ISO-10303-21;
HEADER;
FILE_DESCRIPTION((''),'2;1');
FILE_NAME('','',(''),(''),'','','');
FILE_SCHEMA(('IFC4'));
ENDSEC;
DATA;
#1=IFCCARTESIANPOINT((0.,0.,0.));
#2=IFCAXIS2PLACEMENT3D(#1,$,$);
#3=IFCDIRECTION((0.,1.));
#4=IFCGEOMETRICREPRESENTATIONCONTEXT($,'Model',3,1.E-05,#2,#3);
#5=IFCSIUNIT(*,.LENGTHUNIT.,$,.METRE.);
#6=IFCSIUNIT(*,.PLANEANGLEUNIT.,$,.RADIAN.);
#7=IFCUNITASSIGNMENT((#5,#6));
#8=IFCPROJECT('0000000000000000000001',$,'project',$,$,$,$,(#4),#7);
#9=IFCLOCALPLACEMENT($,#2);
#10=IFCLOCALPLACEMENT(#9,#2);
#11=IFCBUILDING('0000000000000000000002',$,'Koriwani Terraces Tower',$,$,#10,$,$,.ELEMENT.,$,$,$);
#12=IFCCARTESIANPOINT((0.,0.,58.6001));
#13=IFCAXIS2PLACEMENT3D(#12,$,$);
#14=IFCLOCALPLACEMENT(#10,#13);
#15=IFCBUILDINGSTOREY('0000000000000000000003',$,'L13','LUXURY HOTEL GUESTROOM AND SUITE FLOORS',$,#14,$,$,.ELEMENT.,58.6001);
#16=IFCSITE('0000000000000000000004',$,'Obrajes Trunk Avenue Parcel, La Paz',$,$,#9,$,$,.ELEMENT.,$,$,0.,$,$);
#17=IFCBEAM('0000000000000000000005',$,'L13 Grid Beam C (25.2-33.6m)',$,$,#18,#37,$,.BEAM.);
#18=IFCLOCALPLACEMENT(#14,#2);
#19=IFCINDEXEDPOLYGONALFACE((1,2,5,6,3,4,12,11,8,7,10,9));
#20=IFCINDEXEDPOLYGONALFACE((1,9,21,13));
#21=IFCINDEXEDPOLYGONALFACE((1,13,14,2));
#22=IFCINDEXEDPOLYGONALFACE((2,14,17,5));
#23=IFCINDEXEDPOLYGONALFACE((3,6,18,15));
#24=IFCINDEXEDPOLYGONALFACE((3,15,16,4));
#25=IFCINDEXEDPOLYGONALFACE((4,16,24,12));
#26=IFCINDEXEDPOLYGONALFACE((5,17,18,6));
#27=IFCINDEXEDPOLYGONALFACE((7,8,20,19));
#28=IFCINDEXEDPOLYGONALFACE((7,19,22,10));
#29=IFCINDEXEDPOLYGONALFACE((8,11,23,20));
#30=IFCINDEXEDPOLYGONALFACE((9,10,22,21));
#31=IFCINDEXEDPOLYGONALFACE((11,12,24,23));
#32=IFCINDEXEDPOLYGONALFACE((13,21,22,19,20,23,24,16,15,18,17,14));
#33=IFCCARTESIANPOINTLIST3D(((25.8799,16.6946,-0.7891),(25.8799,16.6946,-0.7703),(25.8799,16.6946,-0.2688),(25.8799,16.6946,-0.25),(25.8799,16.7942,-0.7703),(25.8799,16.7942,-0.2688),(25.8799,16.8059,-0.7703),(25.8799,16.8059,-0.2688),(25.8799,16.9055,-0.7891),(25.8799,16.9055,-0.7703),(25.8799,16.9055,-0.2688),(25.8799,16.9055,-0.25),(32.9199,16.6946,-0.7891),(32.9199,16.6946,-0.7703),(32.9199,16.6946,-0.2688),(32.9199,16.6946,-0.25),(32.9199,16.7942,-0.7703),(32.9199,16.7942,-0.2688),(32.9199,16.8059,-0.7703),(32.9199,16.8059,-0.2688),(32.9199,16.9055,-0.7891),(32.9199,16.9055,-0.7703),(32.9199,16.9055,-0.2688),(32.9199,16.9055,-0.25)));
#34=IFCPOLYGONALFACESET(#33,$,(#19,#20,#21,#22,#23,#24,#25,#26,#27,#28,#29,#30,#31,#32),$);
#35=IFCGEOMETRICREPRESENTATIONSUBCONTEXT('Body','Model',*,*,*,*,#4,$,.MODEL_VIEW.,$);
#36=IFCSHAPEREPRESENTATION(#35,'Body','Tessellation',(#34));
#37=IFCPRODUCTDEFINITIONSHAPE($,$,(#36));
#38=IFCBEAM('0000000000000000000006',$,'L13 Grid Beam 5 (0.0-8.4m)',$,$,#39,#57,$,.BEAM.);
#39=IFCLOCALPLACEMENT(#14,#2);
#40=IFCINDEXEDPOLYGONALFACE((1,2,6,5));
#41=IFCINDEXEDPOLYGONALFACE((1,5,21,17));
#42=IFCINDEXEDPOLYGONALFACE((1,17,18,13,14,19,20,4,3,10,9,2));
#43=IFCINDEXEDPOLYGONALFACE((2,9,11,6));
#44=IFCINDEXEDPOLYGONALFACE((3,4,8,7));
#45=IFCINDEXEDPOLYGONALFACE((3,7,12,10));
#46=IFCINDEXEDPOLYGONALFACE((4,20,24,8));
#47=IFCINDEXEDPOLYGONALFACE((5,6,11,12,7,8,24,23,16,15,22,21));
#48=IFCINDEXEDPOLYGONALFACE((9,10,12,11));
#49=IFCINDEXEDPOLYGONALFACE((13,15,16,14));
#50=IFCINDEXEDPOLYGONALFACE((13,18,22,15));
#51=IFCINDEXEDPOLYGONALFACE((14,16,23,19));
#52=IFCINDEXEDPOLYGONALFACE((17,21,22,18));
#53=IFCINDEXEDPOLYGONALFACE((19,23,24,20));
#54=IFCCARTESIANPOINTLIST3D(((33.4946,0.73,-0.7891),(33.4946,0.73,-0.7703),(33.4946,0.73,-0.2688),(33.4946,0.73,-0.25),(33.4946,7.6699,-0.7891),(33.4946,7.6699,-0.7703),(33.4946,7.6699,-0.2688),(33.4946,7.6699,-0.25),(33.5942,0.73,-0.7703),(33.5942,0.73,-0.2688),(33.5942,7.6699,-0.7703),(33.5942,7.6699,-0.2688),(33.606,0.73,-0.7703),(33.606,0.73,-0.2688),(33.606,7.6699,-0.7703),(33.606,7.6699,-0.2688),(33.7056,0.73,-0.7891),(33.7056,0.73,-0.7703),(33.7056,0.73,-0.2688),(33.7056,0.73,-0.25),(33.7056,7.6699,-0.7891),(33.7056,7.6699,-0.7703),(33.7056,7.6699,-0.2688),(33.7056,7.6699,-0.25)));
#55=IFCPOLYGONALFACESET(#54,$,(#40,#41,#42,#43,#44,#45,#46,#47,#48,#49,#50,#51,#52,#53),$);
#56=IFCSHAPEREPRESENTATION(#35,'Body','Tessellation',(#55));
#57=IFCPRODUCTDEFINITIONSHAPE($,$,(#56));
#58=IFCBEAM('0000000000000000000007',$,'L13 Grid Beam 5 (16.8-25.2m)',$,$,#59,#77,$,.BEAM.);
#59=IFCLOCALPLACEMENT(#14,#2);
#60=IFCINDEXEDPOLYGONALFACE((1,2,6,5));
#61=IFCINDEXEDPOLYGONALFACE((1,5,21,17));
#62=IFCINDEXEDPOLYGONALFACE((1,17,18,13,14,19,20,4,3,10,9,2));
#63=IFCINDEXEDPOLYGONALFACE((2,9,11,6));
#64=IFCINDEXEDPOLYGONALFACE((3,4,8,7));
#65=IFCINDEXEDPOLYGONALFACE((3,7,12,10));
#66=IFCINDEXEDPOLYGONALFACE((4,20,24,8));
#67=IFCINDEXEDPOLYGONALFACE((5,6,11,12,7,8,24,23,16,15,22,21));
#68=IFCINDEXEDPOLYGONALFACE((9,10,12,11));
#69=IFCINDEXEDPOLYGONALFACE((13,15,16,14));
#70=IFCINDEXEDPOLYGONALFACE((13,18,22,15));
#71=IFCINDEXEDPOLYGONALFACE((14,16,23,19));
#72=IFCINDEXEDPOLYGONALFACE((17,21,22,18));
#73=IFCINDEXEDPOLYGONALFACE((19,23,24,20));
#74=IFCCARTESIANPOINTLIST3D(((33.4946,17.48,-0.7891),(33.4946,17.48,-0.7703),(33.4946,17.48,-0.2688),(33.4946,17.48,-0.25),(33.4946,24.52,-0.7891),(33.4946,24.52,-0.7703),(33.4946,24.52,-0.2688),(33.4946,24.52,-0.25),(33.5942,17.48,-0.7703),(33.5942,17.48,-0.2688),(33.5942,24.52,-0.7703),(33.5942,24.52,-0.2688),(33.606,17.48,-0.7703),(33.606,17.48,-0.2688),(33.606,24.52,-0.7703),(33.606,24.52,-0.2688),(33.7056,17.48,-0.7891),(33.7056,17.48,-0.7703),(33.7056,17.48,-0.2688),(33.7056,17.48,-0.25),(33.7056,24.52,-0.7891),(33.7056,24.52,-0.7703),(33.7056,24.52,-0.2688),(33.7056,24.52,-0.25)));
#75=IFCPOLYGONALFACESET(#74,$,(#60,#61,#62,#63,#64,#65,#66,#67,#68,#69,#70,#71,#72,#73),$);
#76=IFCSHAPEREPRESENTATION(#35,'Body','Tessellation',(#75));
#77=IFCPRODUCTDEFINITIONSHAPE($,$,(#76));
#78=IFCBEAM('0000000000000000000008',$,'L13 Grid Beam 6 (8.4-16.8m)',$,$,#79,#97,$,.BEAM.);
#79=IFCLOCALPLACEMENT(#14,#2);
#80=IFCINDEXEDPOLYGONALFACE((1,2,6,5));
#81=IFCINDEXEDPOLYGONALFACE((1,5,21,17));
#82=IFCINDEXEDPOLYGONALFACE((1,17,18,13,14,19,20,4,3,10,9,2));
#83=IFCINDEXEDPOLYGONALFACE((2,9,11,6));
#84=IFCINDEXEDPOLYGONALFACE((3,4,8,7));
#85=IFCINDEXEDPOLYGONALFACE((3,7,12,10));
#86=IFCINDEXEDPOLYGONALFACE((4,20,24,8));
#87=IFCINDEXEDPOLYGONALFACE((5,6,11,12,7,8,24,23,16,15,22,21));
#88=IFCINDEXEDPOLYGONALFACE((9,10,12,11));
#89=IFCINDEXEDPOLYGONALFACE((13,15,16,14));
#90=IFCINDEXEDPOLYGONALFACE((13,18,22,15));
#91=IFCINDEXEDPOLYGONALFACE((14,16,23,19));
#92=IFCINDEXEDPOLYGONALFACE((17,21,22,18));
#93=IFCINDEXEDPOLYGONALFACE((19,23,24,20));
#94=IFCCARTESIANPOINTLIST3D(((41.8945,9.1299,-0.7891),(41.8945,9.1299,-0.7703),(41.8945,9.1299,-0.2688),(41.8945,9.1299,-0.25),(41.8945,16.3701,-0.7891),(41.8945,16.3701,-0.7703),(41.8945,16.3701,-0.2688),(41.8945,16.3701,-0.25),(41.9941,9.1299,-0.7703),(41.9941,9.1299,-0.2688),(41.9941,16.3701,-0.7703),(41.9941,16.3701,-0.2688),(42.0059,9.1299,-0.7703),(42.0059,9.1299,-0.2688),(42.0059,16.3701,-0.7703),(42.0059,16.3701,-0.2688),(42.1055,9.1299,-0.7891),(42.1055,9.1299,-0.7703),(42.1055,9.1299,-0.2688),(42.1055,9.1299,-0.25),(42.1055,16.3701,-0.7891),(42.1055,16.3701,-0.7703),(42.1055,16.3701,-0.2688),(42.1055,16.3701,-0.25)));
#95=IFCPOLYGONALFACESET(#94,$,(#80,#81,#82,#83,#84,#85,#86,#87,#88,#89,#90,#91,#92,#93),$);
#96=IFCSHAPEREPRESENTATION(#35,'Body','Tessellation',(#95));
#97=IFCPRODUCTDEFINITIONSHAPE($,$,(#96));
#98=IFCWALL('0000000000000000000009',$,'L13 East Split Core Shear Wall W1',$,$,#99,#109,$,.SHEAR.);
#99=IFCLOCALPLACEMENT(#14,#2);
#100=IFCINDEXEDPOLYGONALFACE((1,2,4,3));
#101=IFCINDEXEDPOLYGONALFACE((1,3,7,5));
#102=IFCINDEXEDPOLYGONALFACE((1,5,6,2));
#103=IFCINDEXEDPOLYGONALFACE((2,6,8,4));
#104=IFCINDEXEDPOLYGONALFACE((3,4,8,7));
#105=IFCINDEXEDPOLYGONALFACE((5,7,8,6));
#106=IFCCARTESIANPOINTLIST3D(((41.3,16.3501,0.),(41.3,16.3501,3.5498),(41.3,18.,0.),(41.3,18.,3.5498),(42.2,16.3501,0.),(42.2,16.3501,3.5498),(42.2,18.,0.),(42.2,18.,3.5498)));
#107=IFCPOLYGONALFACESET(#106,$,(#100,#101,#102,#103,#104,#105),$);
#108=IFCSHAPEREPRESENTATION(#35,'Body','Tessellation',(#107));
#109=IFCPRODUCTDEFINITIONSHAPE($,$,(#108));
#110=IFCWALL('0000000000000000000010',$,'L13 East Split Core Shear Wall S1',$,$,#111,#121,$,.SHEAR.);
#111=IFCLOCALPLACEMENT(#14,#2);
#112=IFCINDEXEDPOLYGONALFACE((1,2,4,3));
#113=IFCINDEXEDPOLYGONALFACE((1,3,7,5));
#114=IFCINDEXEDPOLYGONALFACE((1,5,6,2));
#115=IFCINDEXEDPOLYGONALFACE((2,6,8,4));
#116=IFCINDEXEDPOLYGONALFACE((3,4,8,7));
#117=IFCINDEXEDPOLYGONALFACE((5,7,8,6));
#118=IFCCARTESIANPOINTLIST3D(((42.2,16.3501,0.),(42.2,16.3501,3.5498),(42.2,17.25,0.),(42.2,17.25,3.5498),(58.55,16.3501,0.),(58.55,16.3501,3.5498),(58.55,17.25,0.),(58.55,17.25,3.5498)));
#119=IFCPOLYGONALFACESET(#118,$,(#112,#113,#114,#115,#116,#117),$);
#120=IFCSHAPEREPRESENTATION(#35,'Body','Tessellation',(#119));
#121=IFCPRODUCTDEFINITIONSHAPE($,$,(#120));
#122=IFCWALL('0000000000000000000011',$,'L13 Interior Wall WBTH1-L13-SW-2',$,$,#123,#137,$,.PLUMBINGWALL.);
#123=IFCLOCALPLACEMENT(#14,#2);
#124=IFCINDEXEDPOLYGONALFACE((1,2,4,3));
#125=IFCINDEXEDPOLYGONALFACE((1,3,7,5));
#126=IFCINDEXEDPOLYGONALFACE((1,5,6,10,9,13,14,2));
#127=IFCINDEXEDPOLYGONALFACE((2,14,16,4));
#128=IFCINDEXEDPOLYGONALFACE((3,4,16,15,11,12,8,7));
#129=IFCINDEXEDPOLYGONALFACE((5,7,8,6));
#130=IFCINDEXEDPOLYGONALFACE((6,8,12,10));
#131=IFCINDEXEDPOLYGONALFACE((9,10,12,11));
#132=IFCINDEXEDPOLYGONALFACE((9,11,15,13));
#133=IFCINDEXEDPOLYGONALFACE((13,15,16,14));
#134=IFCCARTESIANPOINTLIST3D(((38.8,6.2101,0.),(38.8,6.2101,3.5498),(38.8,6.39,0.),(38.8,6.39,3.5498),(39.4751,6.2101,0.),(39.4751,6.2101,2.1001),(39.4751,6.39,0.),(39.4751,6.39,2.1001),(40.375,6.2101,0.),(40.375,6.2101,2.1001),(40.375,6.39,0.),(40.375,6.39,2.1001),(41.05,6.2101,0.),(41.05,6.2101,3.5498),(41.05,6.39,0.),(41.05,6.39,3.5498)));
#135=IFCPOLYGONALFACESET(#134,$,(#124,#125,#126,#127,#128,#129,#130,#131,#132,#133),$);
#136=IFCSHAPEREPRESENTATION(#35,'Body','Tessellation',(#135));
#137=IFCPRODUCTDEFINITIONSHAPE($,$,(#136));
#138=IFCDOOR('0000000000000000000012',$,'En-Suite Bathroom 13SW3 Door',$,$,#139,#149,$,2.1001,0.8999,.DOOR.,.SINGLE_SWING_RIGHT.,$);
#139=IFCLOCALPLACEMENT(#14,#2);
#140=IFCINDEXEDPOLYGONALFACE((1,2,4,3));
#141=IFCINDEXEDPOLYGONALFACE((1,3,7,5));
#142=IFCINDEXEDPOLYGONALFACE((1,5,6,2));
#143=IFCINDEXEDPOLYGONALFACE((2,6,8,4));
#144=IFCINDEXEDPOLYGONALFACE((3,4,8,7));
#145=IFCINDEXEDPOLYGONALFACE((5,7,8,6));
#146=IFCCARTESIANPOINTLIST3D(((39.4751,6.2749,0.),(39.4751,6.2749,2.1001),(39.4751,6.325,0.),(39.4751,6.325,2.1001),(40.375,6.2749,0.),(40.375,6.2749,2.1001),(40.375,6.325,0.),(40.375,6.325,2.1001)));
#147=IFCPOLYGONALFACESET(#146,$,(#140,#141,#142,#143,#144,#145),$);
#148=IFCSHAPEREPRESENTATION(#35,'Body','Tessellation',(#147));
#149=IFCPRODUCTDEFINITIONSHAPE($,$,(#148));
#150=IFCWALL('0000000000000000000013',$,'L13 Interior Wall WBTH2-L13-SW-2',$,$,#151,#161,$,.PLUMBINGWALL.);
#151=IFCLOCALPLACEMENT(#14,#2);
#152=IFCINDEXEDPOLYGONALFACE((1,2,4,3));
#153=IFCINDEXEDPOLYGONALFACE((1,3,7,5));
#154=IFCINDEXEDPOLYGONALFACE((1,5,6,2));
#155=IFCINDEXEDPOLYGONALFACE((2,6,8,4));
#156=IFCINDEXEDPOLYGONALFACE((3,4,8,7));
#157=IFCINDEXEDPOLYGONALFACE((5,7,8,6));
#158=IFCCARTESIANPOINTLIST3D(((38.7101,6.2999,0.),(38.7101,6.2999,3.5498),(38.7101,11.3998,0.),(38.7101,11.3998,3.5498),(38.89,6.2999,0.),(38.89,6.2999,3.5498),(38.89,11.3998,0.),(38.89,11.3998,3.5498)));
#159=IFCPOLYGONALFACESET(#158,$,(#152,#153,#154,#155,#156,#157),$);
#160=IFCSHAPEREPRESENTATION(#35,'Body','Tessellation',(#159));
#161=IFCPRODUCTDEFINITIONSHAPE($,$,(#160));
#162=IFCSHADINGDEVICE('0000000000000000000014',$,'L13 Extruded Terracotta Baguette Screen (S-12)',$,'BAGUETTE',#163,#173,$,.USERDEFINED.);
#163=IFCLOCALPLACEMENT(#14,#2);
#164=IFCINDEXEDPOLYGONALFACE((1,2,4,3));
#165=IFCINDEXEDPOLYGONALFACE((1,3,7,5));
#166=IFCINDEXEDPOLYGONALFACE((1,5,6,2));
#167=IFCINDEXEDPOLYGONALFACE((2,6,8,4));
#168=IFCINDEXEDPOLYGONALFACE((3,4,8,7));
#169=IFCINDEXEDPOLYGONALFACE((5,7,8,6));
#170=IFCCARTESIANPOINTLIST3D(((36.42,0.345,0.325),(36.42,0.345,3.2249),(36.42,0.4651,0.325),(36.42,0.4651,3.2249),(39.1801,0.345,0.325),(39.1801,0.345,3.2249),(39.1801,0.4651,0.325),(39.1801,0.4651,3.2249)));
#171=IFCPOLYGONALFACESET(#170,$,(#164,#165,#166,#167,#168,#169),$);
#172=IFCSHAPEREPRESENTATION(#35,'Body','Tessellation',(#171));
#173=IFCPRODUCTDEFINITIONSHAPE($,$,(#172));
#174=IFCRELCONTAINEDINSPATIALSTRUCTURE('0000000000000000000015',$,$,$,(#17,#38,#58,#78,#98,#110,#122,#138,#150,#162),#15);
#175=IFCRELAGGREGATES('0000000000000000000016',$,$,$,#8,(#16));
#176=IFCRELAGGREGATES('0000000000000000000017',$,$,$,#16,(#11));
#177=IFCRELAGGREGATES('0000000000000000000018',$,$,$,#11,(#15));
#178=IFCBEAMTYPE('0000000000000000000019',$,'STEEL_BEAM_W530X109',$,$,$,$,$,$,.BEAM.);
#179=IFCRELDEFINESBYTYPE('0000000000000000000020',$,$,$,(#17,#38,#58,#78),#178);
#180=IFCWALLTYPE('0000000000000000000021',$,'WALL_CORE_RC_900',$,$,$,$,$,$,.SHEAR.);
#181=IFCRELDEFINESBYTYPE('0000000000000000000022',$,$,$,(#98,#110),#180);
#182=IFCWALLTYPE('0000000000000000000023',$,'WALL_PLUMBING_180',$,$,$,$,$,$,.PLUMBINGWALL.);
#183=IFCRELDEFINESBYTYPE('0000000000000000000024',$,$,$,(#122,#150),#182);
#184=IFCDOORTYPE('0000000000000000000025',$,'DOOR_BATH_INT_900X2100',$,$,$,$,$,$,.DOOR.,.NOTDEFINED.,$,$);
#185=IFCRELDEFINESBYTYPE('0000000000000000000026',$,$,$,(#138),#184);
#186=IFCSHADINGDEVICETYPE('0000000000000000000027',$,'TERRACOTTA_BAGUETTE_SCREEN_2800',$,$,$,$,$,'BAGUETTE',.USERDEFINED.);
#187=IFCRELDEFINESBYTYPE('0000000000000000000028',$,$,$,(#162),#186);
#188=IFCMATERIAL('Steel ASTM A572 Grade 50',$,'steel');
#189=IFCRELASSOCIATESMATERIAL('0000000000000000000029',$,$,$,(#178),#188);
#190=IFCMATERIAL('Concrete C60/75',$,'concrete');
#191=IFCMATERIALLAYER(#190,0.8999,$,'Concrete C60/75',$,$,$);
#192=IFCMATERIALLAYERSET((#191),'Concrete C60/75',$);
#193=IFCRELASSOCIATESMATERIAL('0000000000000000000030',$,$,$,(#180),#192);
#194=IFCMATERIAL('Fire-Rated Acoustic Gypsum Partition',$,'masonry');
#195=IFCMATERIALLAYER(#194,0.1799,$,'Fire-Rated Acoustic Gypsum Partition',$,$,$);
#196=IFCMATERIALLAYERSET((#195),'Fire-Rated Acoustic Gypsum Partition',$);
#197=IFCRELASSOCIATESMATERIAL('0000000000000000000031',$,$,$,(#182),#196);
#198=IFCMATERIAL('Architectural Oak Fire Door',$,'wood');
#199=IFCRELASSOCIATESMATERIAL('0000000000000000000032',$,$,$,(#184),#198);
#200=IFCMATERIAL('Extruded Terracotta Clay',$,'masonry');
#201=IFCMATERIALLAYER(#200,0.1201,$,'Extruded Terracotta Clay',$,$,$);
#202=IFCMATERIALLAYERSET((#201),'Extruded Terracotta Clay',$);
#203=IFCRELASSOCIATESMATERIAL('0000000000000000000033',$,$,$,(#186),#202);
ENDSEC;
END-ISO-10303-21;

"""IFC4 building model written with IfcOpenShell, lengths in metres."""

from ifc_helpers import new_model, si_unit, direction, frame, frame_2d, origin, origin_2d, place, context, subcontext, project, spatial, rectangle, i_section, extrude, material, layer, layer_set, material_profile, profile_set, type_object, element, fill, save


model = new_model("IFC4")

# Units and contexts
model_context = context("Model", 3, precision=1e-05, world=origin(), true_north=direction((0.0, 1.0)))
body_context = subcontext(model_context, "Body", "Model", "MODEL_VIEW")
ifc_project = project(units=[si_unit("LENGTHUNIT", "METRE"), si_unit("PLANEANGLEUNIT", "RADIAN")], contexts=[model_context])

# Site, building, storey
site_placement = place(None, origin())
site = spatial("IfcSite", under=ifc_project, at=site_placement, Name="Obrajes Trunk Avenue Parcel, La Paz", CompositionType="ELEMENT", RefElevation=0.0)
building_placement = place(site_placement, origin())
building = spatial("IfcBuilding", under=site, at=building_placement, Name="Koriwani Terraces Tower", CompositionType="ELEMENT")
storey_placement = place(building_placement, frame((0.0, 0.0, 58.6001)))
storey = spatial("IfcBuildingStorey", under=building, at=storey_placement, Name="L13", Description="LUXURY HOTEL GUESTROOM AND SUITE FLOORS", CompositionType="ELEMENT", Elevation=58.6001)

# Shared definitions
ifc_material_1 = material(Name="Concrete C60/75", Category="concrete")

# Beams
ifc_material_2 = material(Name="Steel ASTM A572 Grade 50", Category="steel")
ifc_material_profile_1 = material_profile(ifc_material_2, i_section(OverallWidth=0.2109, OverallDepth=0.5391, WebThickness=0.0117, FlangeThickness=0.0188, at=origin_2d()), Name="Steel ASTM A572 Grade 50", Category="LoadBearing")
ifc_profile_set_1 = profile_set([ifc_material_profile_1], Name="Steel ASTM A572 Grade 50")
beam_type_1 = type_object("IfcBeamType", Name="STEEL_BEAM_W530X109", PredefinedType="BEAM", material=ifc_profile_set_1)
beam_1_placement = place(storey_placement, frame((25.8799, 16.8, -0.5195), z_axis=(1.0, 0.0, 0.0), x_axis=(0.0, 1.0, 0.0)))
element("IfcBeam", 1, at=beam_1_placement, inside=storey, type_object=beam_type_1, Name="L13 Grid Beam C (25.2-33.6m)", PredefinedType="BEAM", context=body_context, shape_type="SweptSolid", body=[
    extrude(i_section(OverallWidth=0.2109, OverallDepth=0.5391, WebThickness=0.0117, FlangeThickness=0.0188, at=origin_2d()), origin(), (0.0, 0.0, 1.0), 7.04),
])
beam_2_placement = place(storey_placement, frame((33.6001, 0.73, -0.5195), z_axis=(0.0, 1.0, 0.0), x_axis=(-1.0, 0.0, 0.0)))
element("IfcBeam", 2, at=beam_2_placement, inside=storey, type_object=beam_type_1, Name="L13 Grid Beam 5 (0.0-8.4m)", PredefinedType="BEAM", context=body_context, shape_type="SweptSolid", body=[
    extrude(i_section(OverallWidth=0.2109, OverallDepth=0.5391, WebThickness=0.0117, FlangeThickness=0.0188, at=origin_2d()), origin(), (0.0, 0.0, 1.0), 6.9399),
])
beam_3_placement = place(storey_placement, frame((33.6001, 17.48, -0.5195), z_axis=(0.0, 1.0, 0.0), x_axis=(-1.0, 0.0, 0.0)))
element("IfcBeam", 3, at=beam_3_placement, inside=storey, type_object=beam_type_1, Name="L13 Grid Beam 5 (16.8-25.2m)", PredefinedType="BEAM", context=body_context, shape_type="SweptSolid", body=[
    extrude(i_section(OverallWidth=0.2109, OverallDepth=0.5391, WebThickness=0.0117, FlangeThickness=0.0188, at=origin_2d()), origin(), (0.0, 0.0, 1.0), 7.04),
])
beam_4_placement = place(storey_placement, frame((42.0, 9.1299, -0.5195), z_axis=(0.0, 1.0, 0.0), x_axis=(-1.0, 0.0, 0.0)))
element("IfcBeam", 4, at=beam_4_placement, inside=storey, type_object=beam_type_1, Name="L13 Grid Beam 6 (8.4-16.8m)", PredefinedType="BEAM", context=body_context, shape_type="SweptSolid", body=[
    extrude(i_section(OverallWidth=0.2109, OverallDepth=0.5391, WebThickness=0.0117, FlangeThickness=0.0188, at=origin_2d()), origin(), (0.0, 0.0, 1.0), 7.2402),
])

# Walls
ifc_layer_1 = layer(ifc_material_1, 0.8999, Name="Concrete C60/75")
ifc_layer_set_1 = layer_set([ifc_layer_1], Name="Concrete C60/75")
wall_type_1 = type_object("IfcWallType", Name="WALL_CORE_RC_900", PredefinedType="SHEAR", material=ifc_layer_set_1)
wall_1_placement = place(storey_placement, frame((41.75, 16.3501, 0.0), z_axis=(0.0, 0.0, 1.0), x_axis=(0.0, 1.0, 0.0)))
element("IfcWall", 5, at=wall_1_placement, inside=storey, type_object=wall_type_1, Name="L13 East Split Core Shear Wall W1", PredefinedType="SHEAR", context=body_context, shape_type="SweptSolid", body=[
    extrude(rectangle(XDim=1.6499, YDim=0.8999, at=frame_2d((0.825, 0.0))), origin(), (0.0, 0.0, 1.0), 3.5498),
])
wall_2_placement = place(storey_placement, frame((42.2, 16.8, 0.0), z_axis=(0.0, 0.0, 1.0), x_axis=(1.0, 0.0, 0.0)))
element("IfcWall", 6, at=wall_2_placement, inside=storey, type_object=wall_type_1, Name="L13 East Split Core Shear Wall S1", PredefinedType="SHEAR", context=body_context, shape_type="SweptSolid", body=[
    extrude(rectangle(XDim=16.3501, YDim=0.8999, at=frame_2d((8.175, 0.0))), origin(), (0.0, 0.0, 1.0), 3.5498),
])

# Wall, opening, door
ifc_material_3 = material(Name="Fire-Rated Acoustic Gypsum Partition", Category="masonry")
ifc_layer_2 = layer(ifc_material_3, 0.1799, Name="Fire-Rated Acoustic Gypsum Partition")
ifc_layer_set_2 = layer_set([ifc_layer_2], Name="Fire-Rated Acoustic Gypsum Partition")
wall_type_2 = type_object("IfcWallType", Name="WALL_PLUMBING_180", PredefinedType="PLUMBINGWALL", material=ifc_layer_set_2)
wall_3_placement = place(storey_placement, frame((38.8, 6.3, 0.0), z_axis=(0.0, 0.0, 1.0), x_axis=(1.0, 0.0, 0.0)))
wall_3 = element("IfcWall", 7, at=wall_3_placement, inside=storey, type_object=wall_type_2, Name="L13 Interior Wall WBTH1-L13-SW-2", PredefinedType="PLUMBINGWALL", context=body_context, shape_type="SweptSolid", body=[
    extrude(rectangle(XDim=2.25, YDim=0.1799, at=frame_2d((1.125, 0.0))), origin(), (0.0, 0.0, 1.0), 3.5498),
])
opening_1_placement = place(wall_3_placement, frame((0.675, 0.0, 0.0)))
opening_1 = element("IfcOpeningElement", 8, at=opening_1_placement, cuts=wall_3, PredefinedType="OPENING", context=body_context, shape_type="SweptSolid", body=[
    extrude(rectangle(XDim=0.8999, YDim=2.1001, at=frame_2d((0.45, 1.05))), frame((0.0, 0.1001, 0.0), z_axis=(0.0, -1.0, 0.0), x_axis=(1.0, 0.0, 0.0)), (0.0, 0.0, 1.0), 0.2),
])
ifc_material_4 = material(Name="Architectural Oak Fire Door", Category="wood")
door_type_1 = type_object("IfcDoorType", Name="DOOR_BATH_INT_900X2100", OperationType="NOTDEFINED", PredefinedType="DOOR", material=ifc_material_4)
door_1_placement = place(opening_1_placement, origin())
door_1 = element("IfcDoor", 9, at=door_1_placement, inside=storey, type_object=door_type_1, Name="En-Suite Bathroom 13SW3 Door", OperationType="SINGLE_SWING_RIGHT", OverallHeight=2.1001, OverallWidth=0.8999, PredefinedType="DOOR", context=body_context, shape_type="SweptSolid", body=[
    extrude(rectangle(XDim=0.8999, YDim=2.1001, at=frame_2d((0.45, 1.05))), frame((0.0, 0.0249, 0.0), z_axis=(0.0, -1.0, 0.0), x_axis=(1.0, 0.0, 0.0)), (0.0, 0.0, 1.0), 0.05),
])
fill(opening_1, door_1)

# Wall
wall_4_placement = place(storey_placement, frame((38.8, 6.3, 0.0), z_axis=(0.0, 0.0, 1.0), x_axis=(0.0, 1.0, 0.0)))
element("IfcWall", 10, at=wall_4_placement, inside=storey, type_object=wall_type_2, Name="L13 Interior Wall WBTH2-L13-SW-2", PredefinedType="PLUMBINGWALL", context=body_context, shape_type="SweptSolid", body=[
    extrude(rectangle(XDim=5.0999, YDim=0.1799, at=frame_2d((2.5498, 0.0))), origin(), (0.0, 0.0, 1.0), 3.5498),
])

# Shading device
ifc_material_5 = material(Name="Extruded Terracotta Clay", Category="masonry")
ifc_layer_3 = layer(ifc_material_5, 0.1201, Name="Extruded Terracotta Clay")
ifc_layer_set_3 = layer_set([ifc_layer_3], Name="Extruded Terracotta Clay")
shading_device_type = type_object("IfcShadingDeviceType", Name="TERRACOTTA_BAGUETTE_SCREEN_2800", ElementType="BAGUETTE", PredefinedType="USERDEFINED", material=ifc_layer_set_3)
shading_device_placement = place(storey_placement, frame((37.8, 0.405, 0.325), z_axis=(0.0, 0.0, 1.0), x_axis=(-1.0, 0.0, 0.0)))
element("IfcShadingDevice", 11, at=shading_device_placement, inside=storey, type_object=shading_device_type, Name="L13 Extruded Terracotta Baguette Screen (S-12)", ObjectType="BAGUETTE", PredefinedType="USERDEFINED", context=body_context, shape_type="SweptSolid", body=[
    extrude(rectangle(XDim=2.76, YDim=0.1201, at=origin_2d()), origin(), (0.0, 0.0, 1.0), 2.8999),
])

save(model, "model.ifc")
